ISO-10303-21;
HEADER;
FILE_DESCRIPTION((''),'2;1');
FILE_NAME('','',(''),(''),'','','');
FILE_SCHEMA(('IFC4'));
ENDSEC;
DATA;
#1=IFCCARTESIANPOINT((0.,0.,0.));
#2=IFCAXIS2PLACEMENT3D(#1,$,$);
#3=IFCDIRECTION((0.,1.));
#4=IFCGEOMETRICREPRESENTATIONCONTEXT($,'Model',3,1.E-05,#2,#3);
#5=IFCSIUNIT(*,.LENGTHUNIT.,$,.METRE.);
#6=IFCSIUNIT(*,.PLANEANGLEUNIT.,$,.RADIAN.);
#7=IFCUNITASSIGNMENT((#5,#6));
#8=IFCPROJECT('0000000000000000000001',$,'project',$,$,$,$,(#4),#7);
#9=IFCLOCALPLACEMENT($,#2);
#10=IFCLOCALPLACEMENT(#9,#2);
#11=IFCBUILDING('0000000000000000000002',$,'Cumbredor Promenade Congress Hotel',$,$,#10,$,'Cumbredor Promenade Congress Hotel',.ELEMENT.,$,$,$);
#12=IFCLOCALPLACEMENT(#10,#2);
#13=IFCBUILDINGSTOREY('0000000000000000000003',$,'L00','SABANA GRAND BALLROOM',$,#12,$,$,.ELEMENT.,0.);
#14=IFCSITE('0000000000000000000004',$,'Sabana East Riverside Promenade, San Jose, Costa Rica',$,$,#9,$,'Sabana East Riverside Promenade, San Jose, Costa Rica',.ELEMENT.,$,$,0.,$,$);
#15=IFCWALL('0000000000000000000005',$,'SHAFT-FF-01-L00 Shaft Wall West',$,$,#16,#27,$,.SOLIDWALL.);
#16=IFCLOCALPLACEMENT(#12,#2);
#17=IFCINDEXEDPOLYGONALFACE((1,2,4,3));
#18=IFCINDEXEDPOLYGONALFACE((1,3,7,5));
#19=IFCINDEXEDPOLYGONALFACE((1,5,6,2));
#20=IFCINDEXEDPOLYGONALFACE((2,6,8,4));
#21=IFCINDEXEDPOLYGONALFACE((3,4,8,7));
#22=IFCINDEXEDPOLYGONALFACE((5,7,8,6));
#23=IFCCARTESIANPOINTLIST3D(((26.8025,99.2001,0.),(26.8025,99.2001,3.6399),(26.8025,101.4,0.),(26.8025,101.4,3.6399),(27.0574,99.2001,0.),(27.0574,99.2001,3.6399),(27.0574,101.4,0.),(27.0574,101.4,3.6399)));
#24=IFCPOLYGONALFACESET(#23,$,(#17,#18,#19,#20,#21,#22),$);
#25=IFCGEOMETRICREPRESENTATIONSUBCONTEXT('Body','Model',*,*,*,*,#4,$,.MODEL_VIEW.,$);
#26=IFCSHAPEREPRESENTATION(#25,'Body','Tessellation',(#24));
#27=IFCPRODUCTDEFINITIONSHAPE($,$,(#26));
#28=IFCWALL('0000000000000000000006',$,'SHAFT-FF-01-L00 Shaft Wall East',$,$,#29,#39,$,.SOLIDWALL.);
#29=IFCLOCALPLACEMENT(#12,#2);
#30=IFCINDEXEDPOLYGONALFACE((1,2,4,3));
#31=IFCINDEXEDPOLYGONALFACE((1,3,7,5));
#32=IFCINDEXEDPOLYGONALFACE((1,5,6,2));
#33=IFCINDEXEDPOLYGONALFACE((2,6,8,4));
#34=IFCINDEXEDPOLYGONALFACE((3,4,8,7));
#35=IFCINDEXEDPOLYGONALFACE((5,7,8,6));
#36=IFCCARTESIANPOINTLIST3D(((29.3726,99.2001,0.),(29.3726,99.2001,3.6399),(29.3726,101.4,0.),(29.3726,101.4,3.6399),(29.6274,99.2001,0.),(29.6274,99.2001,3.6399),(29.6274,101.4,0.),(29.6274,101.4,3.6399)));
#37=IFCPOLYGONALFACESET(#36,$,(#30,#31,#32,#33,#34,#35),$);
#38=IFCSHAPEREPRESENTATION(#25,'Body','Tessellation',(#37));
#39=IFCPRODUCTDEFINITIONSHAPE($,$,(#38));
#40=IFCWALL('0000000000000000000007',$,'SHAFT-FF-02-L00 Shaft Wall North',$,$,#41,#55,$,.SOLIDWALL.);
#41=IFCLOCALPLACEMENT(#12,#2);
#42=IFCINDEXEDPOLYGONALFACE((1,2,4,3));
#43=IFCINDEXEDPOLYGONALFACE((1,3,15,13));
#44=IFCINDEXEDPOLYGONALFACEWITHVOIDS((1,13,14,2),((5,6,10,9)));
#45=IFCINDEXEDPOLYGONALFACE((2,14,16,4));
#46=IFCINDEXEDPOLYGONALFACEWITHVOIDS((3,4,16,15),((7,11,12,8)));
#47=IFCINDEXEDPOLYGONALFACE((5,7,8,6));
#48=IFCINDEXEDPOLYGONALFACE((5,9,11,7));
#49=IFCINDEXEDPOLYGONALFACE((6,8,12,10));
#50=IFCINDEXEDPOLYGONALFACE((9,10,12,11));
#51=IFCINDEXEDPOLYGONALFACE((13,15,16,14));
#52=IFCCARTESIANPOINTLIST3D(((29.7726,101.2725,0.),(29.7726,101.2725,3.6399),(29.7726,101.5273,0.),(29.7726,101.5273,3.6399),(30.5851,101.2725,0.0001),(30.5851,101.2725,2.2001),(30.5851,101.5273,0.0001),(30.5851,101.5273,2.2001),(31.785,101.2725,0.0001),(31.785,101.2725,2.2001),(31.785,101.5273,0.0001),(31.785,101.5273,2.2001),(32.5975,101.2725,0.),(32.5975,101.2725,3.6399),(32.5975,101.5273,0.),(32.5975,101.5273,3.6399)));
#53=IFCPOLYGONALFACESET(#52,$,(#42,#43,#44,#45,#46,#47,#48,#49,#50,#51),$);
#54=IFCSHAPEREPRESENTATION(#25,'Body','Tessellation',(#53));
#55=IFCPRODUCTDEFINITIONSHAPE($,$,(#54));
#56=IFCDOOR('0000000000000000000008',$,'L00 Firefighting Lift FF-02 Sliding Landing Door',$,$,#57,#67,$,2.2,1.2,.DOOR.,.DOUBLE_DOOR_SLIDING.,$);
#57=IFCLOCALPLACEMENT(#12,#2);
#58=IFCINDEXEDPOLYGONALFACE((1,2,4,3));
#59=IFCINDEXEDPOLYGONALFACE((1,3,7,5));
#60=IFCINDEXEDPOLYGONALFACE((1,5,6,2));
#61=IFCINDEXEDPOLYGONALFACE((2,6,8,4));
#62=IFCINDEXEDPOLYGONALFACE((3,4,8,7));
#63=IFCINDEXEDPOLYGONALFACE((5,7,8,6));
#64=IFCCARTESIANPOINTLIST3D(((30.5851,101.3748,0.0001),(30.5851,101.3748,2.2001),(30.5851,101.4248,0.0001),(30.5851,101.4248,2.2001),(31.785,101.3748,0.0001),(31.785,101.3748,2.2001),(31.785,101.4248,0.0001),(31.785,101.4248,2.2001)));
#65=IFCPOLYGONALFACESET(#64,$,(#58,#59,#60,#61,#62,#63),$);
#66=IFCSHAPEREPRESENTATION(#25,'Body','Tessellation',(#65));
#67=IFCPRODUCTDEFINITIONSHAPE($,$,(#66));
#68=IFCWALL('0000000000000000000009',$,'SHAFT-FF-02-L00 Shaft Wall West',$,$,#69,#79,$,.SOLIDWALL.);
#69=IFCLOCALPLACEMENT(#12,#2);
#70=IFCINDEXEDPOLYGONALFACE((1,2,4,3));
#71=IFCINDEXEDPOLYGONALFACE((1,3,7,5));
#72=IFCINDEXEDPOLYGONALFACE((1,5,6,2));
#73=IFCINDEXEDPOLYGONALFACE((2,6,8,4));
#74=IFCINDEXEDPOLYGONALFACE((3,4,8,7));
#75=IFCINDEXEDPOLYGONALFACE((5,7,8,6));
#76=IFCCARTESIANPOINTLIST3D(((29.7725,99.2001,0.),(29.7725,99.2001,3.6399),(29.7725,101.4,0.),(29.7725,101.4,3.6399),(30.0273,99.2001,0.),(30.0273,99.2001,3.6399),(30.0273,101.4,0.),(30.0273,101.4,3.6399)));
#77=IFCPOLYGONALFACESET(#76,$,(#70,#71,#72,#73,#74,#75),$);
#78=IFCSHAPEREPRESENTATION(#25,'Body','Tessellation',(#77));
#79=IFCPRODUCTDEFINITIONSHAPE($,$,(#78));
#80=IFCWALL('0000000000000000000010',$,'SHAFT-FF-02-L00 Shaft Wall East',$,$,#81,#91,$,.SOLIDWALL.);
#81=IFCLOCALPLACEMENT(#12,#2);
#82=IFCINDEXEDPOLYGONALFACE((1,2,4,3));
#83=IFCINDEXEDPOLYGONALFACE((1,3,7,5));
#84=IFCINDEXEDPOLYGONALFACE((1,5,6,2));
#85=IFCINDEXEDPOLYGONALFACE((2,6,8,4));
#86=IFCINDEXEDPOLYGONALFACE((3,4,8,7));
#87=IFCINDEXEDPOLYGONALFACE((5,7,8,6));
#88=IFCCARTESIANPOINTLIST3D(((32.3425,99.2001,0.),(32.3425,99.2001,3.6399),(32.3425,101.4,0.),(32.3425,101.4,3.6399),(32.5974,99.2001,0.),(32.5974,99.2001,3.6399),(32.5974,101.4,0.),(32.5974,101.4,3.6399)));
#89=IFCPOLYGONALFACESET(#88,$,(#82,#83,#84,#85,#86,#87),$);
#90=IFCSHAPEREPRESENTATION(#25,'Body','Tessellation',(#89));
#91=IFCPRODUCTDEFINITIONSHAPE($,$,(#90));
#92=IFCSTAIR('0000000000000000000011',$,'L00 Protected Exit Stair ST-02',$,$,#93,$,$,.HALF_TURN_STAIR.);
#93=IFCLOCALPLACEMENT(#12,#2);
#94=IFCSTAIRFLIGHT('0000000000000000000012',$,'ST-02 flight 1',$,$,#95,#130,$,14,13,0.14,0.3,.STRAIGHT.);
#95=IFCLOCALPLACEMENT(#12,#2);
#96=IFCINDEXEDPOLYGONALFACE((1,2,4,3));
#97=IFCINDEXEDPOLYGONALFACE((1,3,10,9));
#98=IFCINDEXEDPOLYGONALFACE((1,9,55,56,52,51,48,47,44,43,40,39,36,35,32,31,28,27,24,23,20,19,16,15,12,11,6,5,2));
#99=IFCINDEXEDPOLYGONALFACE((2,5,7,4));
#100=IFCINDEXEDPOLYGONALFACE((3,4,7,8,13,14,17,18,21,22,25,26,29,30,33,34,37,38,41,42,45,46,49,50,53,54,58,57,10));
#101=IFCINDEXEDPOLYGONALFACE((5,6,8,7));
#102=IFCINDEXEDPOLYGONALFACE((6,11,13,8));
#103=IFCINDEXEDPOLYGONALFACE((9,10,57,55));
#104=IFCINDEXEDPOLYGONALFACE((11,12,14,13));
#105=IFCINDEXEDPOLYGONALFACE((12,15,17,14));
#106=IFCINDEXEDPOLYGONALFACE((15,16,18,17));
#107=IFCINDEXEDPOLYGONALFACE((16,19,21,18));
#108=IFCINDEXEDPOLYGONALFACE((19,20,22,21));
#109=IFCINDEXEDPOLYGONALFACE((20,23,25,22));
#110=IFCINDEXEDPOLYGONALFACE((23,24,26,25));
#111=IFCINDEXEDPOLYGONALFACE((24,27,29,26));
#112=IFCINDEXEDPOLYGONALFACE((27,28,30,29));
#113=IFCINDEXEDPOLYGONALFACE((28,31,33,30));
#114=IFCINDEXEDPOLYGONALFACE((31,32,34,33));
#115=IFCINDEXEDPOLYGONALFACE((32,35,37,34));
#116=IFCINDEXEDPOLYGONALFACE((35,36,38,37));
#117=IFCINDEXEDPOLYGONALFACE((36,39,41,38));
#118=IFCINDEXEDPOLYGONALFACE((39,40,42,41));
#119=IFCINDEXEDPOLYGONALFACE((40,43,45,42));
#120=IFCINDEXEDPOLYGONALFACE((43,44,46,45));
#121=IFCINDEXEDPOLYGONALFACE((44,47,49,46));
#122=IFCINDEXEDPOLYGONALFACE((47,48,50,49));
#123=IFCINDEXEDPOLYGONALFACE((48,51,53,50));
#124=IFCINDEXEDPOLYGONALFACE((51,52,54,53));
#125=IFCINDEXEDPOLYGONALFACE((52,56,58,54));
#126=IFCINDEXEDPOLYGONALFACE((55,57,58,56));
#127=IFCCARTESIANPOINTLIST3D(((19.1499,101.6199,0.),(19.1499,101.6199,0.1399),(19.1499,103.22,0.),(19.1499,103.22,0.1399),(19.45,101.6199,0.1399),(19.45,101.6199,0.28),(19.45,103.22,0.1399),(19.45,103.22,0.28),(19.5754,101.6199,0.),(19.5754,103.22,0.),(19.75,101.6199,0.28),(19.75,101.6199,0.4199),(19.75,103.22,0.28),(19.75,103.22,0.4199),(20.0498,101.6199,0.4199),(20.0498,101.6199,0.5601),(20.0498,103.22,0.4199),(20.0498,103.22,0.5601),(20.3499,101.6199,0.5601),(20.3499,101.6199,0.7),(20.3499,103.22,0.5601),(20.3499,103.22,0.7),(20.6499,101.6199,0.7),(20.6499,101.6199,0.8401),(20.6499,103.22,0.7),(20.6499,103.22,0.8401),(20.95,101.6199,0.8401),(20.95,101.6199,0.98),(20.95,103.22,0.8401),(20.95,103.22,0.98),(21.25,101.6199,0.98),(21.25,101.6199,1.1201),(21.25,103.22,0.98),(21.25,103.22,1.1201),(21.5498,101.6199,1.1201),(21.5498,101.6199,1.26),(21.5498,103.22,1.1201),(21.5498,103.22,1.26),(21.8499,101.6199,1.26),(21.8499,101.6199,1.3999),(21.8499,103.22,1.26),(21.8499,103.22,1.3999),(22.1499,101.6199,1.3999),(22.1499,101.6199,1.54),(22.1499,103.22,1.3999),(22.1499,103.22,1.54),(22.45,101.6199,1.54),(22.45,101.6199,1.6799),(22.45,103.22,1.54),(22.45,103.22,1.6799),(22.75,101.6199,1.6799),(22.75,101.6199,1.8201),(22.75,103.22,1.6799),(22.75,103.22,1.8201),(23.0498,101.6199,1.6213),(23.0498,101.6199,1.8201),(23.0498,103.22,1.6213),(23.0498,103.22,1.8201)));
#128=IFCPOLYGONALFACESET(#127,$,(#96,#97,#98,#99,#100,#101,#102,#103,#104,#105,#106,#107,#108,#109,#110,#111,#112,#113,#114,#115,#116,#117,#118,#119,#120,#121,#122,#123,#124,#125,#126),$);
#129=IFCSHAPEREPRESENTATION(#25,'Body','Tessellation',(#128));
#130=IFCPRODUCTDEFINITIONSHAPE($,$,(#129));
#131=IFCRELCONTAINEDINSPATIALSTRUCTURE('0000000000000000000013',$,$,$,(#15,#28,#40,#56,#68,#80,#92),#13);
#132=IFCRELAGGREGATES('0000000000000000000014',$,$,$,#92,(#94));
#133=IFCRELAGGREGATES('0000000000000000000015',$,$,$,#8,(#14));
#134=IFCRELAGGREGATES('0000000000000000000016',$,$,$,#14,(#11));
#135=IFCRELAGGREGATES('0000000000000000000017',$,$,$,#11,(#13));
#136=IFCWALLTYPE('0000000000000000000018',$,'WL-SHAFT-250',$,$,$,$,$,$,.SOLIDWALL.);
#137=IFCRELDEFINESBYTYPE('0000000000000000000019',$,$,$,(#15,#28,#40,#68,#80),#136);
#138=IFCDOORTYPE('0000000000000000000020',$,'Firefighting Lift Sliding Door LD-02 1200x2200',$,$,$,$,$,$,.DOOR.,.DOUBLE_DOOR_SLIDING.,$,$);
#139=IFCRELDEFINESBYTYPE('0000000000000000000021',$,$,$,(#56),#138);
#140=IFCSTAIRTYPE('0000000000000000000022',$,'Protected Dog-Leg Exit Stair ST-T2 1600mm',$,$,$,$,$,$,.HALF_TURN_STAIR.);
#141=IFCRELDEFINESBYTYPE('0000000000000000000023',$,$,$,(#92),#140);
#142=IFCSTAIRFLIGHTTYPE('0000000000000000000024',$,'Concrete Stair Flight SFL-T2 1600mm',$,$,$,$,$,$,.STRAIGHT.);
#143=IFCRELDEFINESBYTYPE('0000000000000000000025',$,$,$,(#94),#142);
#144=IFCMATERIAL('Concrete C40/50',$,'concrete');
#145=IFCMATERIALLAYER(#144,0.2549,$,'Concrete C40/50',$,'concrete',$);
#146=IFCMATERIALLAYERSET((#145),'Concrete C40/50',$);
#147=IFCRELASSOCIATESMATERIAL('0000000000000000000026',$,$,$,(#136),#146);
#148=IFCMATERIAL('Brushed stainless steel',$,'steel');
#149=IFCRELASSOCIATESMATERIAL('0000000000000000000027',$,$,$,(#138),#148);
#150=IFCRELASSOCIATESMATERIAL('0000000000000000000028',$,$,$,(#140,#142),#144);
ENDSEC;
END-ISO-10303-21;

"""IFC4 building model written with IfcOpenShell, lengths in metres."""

from ifc_helpers import new_model, si_unit, direction, frame, frame_2d, origin, place, context, subcontext, project, spatial, polyline, rectangle, outline, extrude, material, layer, layer_set, type_object, element, fill, aggregate, save


model = new_model("IFC4")

# Units and contexts
model_context = context("Model", 3, precision=1e-05, world=origin(), true_north=direction((0.0, 1.0)))
body_context = subcontext(model_context, "Body", "Model", "MODEL_VIEW")
ifc_project = project(units=[si_unit("LENGTHUNIT", "METRE"), si_unit("PLANEANGLEUNIT", "RADIAN")], contexts=[model_context])

# Site, building, storey
site_placement = place(None, origin())
site = spatial("IfcSite", under=ifc_project, at=site_placement, Name="Sabana East Riverside Promenade, San Jose, Costa Rica", LongName="Sabana East Riverside Promenade, San Jose, Costa Rica", CompositionType="ELEMENT", RefElevation=0.0)
building_placement = place(site_placement, origin())
building = spatial("IfcBuilding", under=site, at=building_placement, Name="Cumbredor Promenade Congress Hotel", LongName="Cumbredor Promenade Congress Hotel", CompositionType="ELEMENT")
storey_placement = place(building_placement, origin())
storey = spatial("IfcBuildingStorey", under=building, at=storey_placement, Name="L00", Description="SABANA GRAND BALLROOM", CompositionType="ELEMENT", Elevation=0.0)

# Shared definitions
ifc_material_1 = material(Name="Concrete C40/50", Category="concrete")

# Shared definitions
ifc_layer_1 = layer(ifc_material_1, 0.2549, Name="Concrete C40/50", Category="concrete")
ifc_layer_set_1 = layer_set([ifc_layer_1], Name="Concrete C40/50")
wall_type_1 = type_object("IfcWallType", Name="WL-SHAFT-250", PredefinedType="SOLIDWALL", material=ifc_layer_set_1)

# Shared definitions
ifc_material_2 = material(Name="Brushed stainless steel", Category="steel")
door_type = type_object("IfcDoorType", Name="Firefighting Lift Sliding Door LD-02 1200x2200", OperationType="DOUBLE_DOOR_SLIDING", PredefinedType="DOOR", material=ifc_material_2)

# Walls
for number, where, z_axis, x_axis, name in (
    (1, (26.9299, 99.2, 0.0), (0.0, 0.0, 1.0), (0.0, 1.0, 0.0), "SHAFT-FF-01-L00 Shaft Wall West"),
    (2, (29.5, 99.2, 0.0), (0.0, 0.0, 1.0), (0.0, 1.0, 0.0), "SHAFT-FF-01-L00 Shaft Wall East"),
):
    element("IfcWall", number, at=place(storey_placement, frame(where, z_axis=z_axis, x_axis=x_axis)), inside=storey, type_object=wall_type_1, Name=name, PredefinedType="SOLIDWALL", context=body_context, shape_type="SweptSolid", body=[
        extrude(rectangle(XDim=2.2, YDim=0.2549, at=frame_2d((1.1001, 0.0))), origin(), (0.0, 0.0, 1.0), 3.6399),
    ])

# Wall, opening, door
wall_1_placement = place(storey_placement, frame((29.7725, 101.3999, 0.0), z_axis=(0.0, 0.0, 1.0), x_axis=(1.0, 0.0, 0.0)))
wall_1 = element("IfcWall", 3, at=wall_1_placement, inside=storey, type_object=wall_type_1, Name="SHAFT-FF-02-L00 Shaft Wall North", PredefinedType="SOLIDWALL", context=body_context, shape_type="SweptSolid", body=[
    extrude(rectangle(XDim=2.825, YDim=0.2549, at=frame_2d((1.4126, 0.0))), origin(), (0.0, 0.0, 1.0), 3.6399),
])
opening_1_placement = place(wall_1_placement, frame((0.8125, 0.0, 0.0)))
opening_1 = element("IfcOpeningElement", 4, at=opening_1_placement, cuts=wall_1, PredefinedType="OPENING", context=body_context, shape_type="SweptSolid", body=[
    extrude(rectangle(XDim=1.2, YDim=2.2, at=frame_2d((0.6001, 1.1001))), frame((0.0, 0.1375, 0.0), z_axis=(0.0, -1.0, 0.0), x_axis=(1.0, 0.0, 0.0)), (0.0, 0.0, 1.0), 0.2749),
])
door_1_placement = place(opening_1_placement, origin())
door_1 = element("IfcDoor", 5, at=door_1_placement, inside=storey, type_object=door_type, Name="L00 Firefighting Lift FF-02 Sliding Landing Door", OperationType="DOUBLE_DOOR_SLIDING", OverallHeight=2.2, OverallWidth=1.2, PredefinedType="DOOR", context=body_context, shape_type="SweptSolid", body=[
    extrude(rectangle(XDim=1.2, YDim=2.2, at=frame_2d((0.6001, 1.1001))), frame((0.0, 0.0249, 0.0), z_axis=(0.0, -1.0, 0.0), x_axis=(1.0, 0.0, 0.0)), (0.0, 0.0, 1.0), 0.05),
])
fill(opening_1, door_1)

# Walls
for number, where, z_axis, x_axis, name in (
    (6, (29.8999, 99.2, 0.0), (0.0, 0.0, 1.0), (0.0, 1.0, 0.0), "SHAFT-FF-02-L00 Shaft Wall West"),
    (7, (32.47, 99.2, 0.0), (0.0, 0.0, 1.0), (0.0, 1.0, 0.0), "SHAFT-FF-02-L00 Shaft Wall East"),
):
    element("IfcWall", number, at=place(storey_placement, frame(where, z_axis=z_axis, x_axis=x_axis)), inside=storey, type_object=wall_type_1, Name=name, PredefinedType="SOLIDWALL", context=body_context, shape_type="SweptSolid", body=[
        extrude(rectangle(XDim=2.2, YDim=0.2549, at=frame_2d((1.1001, 0.0))), origin(), (0.0, 0.0, 1.0), 3.6399),
    ])

# Stair, stair flight
stair_type = type_object("IfcStairType", Name="Protected Dog-Leg Exit Stair ST-T2 1600mm", PredefinedType="HALF_TURN_STAIR", material=ifc_material_1)
stair_placement = place(storey_placement, origin())
stair = element("IfcStair", 8, at=stair_placement, inside=storey, type_object=stair_type, Name="L00 Protected Exit Stair ST-02", PredefinedType="HALF_TURN_STAIR")
stair_flight_type = type_object("IfcStairFlightType", Name="Concrete Stair Flight SFL-T2 1600mm", PredefinedType="STRAIGHT", material=ifc_material_1)
stair_flight_placement = place(storey_placement, frame((19.1499, 102.4199, 0.0), z_axis=(0.0, 0.0, 1.0), x_axis=(1.0, 0.0, 0.0)))
stair_flight = element("IfcStairFlight", 9, at=stair_flight_placement, type_object=stair_flight_type, Name="ST-02 flight 1", NumberOfRisers=14, NumberOfTreads=13, PredefinedType="STRAIGHT", RiserHeight=0.14, TreadLength=0.3, context=body_context, shape_type="SweptSolid", body=[
    extrude(outline(polyline([(0.0, 0.0), (0.0, 0.1399), (0.3, 0.1399), (0.3, 0.28), (0.6001, 0.28), (0.6001, 0.4199), (0.8999, 0.4199), (0.8999, 0.5601), (1.2, 0.5601), (1.2, 0.7), (1.5, 0.7), (1.5, 0.8401), (1.8, 0.8401), (1.8, 0.98), (2.1001, 0.98), (2.1001, 1.1201), (2.3999, 1.1201), (2.3999, 1.26), (2.7, 1.26), (2.7, 1.3999), (3.0, 1.3999), (3.0, 1.54), (3.3, 1.54), (3.3, 1.6799), (3.6001, 1.6799), (3.6001, 1.8201), (3.8999, 1.8201), (3.8999, 1.96), (3.8999, 1.6213), (0.4255, 0.0), (0.0, 0.0)])), frame((0.0, 0.8, 0.0), z_axis=(0.0, -1.0, 0.0), x_axis=(1.0, 0.0, 0.0)), (0.0, 0.0, 1.0), 1.6001),
])
aggregate(stair, [stair_flight])

save(model, "model.ifc")
